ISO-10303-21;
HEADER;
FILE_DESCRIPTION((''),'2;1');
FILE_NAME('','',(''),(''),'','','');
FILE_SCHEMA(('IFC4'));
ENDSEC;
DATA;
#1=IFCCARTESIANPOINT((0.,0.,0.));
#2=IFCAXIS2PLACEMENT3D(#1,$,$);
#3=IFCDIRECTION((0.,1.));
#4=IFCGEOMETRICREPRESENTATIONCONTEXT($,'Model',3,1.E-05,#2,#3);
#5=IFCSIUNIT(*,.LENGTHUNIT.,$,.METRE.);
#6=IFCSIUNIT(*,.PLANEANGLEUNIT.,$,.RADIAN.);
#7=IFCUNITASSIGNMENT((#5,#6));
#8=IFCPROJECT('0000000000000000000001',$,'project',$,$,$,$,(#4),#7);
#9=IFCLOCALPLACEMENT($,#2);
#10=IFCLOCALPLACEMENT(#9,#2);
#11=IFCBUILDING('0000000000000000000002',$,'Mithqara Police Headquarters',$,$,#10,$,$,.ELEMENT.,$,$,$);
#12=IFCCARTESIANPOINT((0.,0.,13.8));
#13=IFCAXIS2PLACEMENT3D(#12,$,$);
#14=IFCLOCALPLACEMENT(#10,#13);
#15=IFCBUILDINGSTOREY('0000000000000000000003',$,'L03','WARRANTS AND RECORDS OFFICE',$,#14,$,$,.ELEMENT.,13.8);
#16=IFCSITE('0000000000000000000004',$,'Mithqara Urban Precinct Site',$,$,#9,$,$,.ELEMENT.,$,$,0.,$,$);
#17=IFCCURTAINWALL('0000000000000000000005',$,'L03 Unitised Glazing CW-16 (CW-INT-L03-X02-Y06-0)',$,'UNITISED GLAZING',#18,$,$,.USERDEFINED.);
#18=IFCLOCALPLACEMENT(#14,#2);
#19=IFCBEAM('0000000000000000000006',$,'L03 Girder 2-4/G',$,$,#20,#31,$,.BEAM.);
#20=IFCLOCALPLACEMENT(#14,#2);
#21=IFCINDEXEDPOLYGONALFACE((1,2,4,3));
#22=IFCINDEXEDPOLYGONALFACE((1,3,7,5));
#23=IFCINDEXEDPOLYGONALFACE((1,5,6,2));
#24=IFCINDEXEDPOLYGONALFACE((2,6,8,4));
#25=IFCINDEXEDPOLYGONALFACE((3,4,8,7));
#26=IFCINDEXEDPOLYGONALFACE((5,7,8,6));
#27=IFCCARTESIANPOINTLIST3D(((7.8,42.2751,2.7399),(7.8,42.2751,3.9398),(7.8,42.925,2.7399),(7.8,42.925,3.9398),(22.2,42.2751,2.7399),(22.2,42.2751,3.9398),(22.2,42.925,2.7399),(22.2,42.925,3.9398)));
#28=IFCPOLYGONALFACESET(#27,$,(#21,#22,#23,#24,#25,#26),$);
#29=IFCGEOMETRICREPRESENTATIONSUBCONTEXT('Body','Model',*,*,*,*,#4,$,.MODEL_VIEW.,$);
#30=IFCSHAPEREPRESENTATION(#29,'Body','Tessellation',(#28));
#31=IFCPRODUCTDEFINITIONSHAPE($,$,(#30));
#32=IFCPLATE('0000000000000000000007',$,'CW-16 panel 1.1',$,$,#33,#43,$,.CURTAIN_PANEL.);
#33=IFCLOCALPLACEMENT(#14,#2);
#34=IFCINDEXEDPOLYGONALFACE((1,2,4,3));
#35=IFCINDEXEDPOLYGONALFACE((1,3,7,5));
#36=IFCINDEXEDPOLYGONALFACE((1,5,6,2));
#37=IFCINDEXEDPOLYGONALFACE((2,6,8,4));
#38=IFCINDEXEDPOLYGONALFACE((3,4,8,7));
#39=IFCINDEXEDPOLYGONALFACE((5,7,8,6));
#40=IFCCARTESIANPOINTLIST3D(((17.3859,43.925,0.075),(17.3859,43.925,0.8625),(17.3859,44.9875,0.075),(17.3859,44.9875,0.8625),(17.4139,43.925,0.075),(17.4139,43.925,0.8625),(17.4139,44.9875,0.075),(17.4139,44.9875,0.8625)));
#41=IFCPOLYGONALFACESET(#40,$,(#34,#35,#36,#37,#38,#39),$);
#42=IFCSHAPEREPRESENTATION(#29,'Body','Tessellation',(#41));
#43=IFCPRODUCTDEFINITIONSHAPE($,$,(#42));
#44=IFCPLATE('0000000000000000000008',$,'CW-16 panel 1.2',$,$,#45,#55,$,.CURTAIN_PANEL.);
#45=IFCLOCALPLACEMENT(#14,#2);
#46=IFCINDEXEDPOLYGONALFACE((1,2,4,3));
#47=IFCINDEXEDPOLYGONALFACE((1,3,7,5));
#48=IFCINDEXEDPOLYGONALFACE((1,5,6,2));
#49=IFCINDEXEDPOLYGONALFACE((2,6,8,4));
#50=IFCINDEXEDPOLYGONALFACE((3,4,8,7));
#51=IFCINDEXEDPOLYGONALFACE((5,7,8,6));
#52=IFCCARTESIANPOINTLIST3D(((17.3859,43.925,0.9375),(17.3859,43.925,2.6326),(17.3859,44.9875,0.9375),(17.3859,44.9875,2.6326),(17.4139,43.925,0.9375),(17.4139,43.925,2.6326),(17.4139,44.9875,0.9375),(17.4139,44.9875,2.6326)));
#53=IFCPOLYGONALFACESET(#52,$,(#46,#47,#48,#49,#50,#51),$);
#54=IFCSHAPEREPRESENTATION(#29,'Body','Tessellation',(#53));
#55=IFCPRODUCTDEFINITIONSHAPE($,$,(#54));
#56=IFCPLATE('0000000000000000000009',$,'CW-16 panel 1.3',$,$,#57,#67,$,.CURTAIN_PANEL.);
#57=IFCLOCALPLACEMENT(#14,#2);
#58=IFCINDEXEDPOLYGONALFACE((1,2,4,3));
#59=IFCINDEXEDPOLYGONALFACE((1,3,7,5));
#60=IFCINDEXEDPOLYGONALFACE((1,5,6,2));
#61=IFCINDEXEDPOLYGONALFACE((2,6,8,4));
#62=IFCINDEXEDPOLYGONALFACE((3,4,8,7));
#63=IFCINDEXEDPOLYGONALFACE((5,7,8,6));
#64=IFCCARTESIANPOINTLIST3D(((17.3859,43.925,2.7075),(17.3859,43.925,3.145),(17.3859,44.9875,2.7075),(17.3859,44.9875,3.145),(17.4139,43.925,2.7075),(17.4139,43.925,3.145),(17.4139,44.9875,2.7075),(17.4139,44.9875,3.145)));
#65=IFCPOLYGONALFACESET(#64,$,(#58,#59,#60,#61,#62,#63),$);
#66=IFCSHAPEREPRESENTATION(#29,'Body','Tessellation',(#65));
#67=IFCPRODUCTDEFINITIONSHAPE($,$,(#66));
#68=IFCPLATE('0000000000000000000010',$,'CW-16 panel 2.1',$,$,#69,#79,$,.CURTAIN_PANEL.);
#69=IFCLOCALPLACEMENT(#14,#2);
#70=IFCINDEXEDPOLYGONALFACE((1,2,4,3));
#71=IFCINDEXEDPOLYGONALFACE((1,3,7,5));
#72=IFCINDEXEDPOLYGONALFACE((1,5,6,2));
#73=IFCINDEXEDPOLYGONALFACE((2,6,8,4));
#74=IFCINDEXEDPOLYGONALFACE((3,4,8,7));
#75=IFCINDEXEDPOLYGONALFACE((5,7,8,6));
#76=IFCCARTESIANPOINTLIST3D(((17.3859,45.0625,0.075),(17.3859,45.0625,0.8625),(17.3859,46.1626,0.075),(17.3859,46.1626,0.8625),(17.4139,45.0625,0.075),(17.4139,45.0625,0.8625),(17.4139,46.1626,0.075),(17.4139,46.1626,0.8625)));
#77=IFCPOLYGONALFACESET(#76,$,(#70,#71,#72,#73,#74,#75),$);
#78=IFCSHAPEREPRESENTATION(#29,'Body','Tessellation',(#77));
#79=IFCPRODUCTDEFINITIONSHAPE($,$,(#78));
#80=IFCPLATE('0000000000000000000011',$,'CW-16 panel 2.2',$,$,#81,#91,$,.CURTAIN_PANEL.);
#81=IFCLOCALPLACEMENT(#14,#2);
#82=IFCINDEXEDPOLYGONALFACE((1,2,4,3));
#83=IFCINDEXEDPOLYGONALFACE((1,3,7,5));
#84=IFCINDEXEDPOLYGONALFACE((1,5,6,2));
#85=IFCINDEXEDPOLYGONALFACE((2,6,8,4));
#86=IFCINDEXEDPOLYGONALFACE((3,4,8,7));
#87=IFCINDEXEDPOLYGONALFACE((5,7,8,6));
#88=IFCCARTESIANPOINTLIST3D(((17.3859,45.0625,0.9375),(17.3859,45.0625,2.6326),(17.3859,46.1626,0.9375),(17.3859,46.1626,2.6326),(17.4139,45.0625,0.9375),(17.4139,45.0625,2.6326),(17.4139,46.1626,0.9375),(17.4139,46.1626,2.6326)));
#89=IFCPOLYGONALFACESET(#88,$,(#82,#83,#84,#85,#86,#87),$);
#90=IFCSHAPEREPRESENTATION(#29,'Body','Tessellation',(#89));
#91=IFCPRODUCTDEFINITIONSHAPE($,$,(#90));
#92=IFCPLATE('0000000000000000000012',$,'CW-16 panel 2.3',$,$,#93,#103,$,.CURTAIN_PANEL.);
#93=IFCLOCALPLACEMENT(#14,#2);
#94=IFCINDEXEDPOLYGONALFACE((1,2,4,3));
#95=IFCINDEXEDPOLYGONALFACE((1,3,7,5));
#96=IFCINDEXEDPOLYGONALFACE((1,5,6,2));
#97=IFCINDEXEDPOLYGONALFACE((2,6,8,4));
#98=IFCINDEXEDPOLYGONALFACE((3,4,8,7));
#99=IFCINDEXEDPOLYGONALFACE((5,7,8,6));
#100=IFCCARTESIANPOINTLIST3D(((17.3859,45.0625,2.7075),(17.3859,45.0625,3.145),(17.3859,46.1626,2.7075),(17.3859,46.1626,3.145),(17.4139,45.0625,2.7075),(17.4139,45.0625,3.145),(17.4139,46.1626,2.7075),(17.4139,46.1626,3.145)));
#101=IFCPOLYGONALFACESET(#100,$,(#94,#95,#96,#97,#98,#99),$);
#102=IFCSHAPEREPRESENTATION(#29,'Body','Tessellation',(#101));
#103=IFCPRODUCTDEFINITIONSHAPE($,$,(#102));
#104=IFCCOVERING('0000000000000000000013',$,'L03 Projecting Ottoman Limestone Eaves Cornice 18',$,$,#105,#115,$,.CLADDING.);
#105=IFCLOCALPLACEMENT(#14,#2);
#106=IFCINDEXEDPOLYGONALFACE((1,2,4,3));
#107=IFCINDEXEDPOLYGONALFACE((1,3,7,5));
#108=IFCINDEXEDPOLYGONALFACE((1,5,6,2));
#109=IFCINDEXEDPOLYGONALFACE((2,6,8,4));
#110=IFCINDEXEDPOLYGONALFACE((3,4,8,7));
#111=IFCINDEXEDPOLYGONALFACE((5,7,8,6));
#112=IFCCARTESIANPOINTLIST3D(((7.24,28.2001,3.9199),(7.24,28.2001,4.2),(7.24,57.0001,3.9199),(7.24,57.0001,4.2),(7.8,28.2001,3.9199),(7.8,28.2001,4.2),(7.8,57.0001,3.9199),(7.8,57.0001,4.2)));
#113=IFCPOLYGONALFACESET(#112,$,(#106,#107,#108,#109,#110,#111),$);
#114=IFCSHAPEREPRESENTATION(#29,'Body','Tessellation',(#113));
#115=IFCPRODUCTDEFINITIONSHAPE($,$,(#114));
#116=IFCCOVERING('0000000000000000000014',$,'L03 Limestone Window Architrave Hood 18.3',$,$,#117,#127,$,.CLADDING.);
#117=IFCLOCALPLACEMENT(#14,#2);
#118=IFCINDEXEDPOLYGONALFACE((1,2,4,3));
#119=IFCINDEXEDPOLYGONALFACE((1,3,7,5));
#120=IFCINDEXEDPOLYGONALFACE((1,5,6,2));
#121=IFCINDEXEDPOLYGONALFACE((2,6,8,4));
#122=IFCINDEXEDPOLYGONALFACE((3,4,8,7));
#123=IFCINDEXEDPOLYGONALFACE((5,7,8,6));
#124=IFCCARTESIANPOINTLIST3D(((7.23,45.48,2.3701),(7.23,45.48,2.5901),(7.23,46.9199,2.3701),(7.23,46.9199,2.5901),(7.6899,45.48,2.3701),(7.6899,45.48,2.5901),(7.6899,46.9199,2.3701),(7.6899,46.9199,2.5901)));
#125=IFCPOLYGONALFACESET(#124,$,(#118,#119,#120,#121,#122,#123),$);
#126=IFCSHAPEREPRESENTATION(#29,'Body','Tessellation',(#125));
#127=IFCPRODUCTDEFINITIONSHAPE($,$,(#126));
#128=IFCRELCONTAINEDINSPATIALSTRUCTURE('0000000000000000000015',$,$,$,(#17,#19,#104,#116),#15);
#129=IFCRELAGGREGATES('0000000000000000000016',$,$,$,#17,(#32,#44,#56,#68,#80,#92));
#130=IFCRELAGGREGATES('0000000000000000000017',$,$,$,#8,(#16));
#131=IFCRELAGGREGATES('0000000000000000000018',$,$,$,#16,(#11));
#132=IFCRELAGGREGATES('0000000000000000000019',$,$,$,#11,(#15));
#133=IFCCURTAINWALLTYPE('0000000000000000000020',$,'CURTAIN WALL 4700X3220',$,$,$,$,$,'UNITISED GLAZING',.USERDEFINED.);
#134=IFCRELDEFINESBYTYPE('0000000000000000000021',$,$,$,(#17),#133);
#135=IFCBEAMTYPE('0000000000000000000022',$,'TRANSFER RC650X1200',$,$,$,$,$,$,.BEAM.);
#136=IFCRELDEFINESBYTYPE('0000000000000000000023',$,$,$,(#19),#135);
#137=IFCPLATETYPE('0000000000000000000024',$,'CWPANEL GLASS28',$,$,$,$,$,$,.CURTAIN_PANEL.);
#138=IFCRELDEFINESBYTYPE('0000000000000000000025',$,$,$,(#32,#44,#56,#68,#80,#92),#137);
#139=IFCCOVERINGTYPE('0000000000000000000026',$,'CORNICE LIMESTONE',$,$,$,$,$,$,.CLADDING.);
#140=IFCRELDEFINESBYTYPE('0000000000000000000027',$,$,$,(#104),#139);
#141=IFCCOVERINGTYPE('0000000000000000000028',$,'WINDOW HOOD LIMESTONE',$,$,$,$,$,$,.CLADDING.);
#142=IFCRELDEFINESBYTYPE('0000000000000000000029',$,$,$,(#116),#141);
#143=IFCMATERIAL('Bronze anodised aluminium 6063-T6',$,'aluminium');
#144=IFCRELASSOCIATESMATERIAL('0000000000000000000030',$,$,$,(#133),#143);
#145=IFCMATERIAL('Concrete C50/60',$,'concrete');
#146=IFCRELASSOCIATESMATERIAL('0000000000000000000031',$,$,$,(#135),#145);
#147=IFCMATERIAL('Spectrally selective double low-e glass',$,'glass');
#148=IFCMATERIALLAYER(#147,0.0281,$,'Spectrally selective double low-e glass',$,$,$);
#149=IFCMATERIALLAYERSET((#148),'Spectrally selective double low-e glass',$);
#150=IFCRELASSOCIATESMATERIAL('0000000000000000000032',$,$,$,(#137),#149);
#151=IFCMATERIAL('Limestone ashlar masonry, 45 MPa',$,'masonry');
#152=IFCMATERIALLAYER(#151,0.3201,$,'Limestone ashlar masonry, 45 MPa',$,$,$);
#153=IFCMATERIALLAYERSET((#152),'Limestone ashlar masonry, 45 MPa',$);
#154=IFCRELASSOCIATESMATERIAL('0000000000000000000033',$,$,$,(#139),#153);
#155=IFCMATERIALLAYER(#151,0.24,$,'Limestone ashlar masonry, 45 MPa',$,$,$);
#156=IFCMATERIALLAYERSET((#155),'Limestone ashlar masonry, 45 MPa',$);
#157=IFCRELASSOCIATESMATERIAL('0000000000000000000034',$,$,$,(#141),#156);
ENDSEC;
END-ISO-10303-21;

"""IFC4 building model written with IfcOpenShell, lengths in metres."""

from ifc_helpers import new_model, si_unit, direction, frame, origin, origin_2d, place, context, subcontext, project, spatial, rectangle, extrude, material, layer, layer_set, material_profile, profile_set, type_object, element, aggregate, save


model = new_model("IFC4")

# Units and contexts
model_context = context("Model", 3, precision=1e-05, world=origin(), true_north=direction((0.0, 1.0)))
body_context = subcontext(model_context, "Body", "Model", "MODEL_VIEW")
ifc_project = project(units=[si_unit("LENGTHUNIT", "METRE"), si_unit("PLANEANGLEUNIT", "RADIAN")], contexts=[model_context])

# Site, building, storey
site_placement = place(None, origin())
site = spatial("IfcSite", under=ifc_project, at=site_placement, Name="Mithqara Urban Precinct Site", CompositionType="ELEMENT", RefElevation=0.0)
building_placement = place(site_placement, origin())
building = spatial("IfcBuilding", under=site, at=building_placement, Name="Mithqara Police Headquarters", CompositionType="ELEMENT")
storey_placement = place(building_placement, frame((0.0, 0.0, 13.8)))
storey = spatial("IfcBuildingStorey", under=building, at=storey_placement, Name="L03", Description="WARRANTS AND RECORDS OFFICE", CompositionType="ELEMENT", Elevation=13.8)

# Shared definitions
ifc_material_1 = material(Name="Concrete C50/60", Category="concrete")

# Shared definitions
ifc_material_2 = material(Name="Bronze anodised aluminium 6063-T6", Category="aluminium")
curtain_wall_type = type_object("IfcCurtainWallType", Name="CURTAIN WALL 4700X3220", ElementType="UNITISED GLAZING", PredefinedType="USERDEFINED", material=ifc_material_2)

# Curtain wall
curtain_wall_1_placement = place(storey_placement, origin())
curtain_wall_1 = element("IfcCurtainWall", 1, at=curtain_wall_1_placement, inside=storey, type_object=curtain_wall_type, Name="L03 Unitised Glazing CW-16 (CW-INT-L03-X02-Y06-0)", ObjectType="UNITISED GLAZING", PredefinedType="USERDEFINED")

# Beam
ifc_material_profile_1 = material_profile(ifc_material_1, rectangle(XDim=0.6499, YDim=1.2, at=origin_2d()), Name="RC 650x1200")
ifc_profile_set_1 = profile_set([ifc_material_profile_1], Name="Concrete C50/60")
beam_type_1 = type_object("IfcBeamType", Name="TRANSFER RC650X1200", PredefinedType="BEAM", material=ifc_profile_set_1)
beam_1_placement = place(storey_placement, frame((7.8, 42.6001, 3.3398), z_axis=(1.0, 0.0, 0.0), x_axis=(0.0, 1.0, 0.0)))
element("IfcBeam", 2, at=beam_1_placement, inside=storey, type_object=beam_type_1, Name="L03 Girder 2-4/G", PredefinedType="BEAM", context=body_context, shape_type="SweptSolid", body=[
    extrude(rectangle(XDim=0.6499, YDim=1.2, at=origin_2d()), origin(), (0.0, 0.0, 1.0), 14.3999),
])

# Plates
ifc_material_3 = material(Name="Spectrally selective double low-e glass", Category="glass")
ifc_layer_1 = layer(ifc_material_3, 0.0281, Name="Spectrally selective double low-e glass")
ifc_layer_set_1 = layer_set([ifc_layer_1], Name="Spectrally selective double low-e glass")
plate_type = type_object("IfcPlateType", Name="CWPANEL GLASS28", PredefinedType="CURTAIN_PANEL", material=ifc_layer_set_1)
plate_1_placement = place(storey_placement, frame((17.3999, 44.4563, 0.075), z_axis=(0.0, 0.0, 1.0), x_axis=(0.0, 1.0, 0.0)))
plate_1 = element("IfcPlate", 3, at=plate_1_placement, type_object=plate_type, Name="CW-16 panel 1.1", PredefinedType="CURTAIN_PANEL", context=body_context, shape_type="SweptSolid", body=[
    extrude(rectangle(XDim=1.0625, YDim=0.0281, at=origin_2d()), origin(), (0.0, 0.0, 1.0), 0.7876),
])
plate_2_placement = place(storey_placement, frame((17.3999, 44.4563, 0.9375), z_axis=(0.0, 0.0, 1.0), x_axis=(0.0, 1.0, 0.0)))
plate_2 = element("IfcPlate", 4, at=plate_2_placement, type_object=plate_type, Name="CW-16 panel 1.2", PredefinedType="CURTAIN_PANEL", context=body_context, shape_type="SweptSolid", body=[
    extrude(rectangle(XDim=1.0625, YDim=0.0281, at=origin_2d()), origin(), (0.0, 0.0, 1.0), 1.6951),
])
plate_3_placement = place(storey_placement, frame((17.3999, 44.4563, 2.7075), z_axis=(0.0, 0.0, 1.0), x_axis=(0.0, 1.0, 0.0)))
plate_3 = element("IfcPlate", 5, at=plate_3_placement, type_object=plate_type, Name="CW-16 panel 1.3", PredefinedType="CURTAIN_PANEL", context=body_context, shape_type="SweptSolid", body=[
    extrude(rectangle(XDim=1.0625, YDim=0.0281, at=origin_2d()), origin(), (0.0, 0.0, 1.0), 0.4375),
])
plate_4_placement = place(storey_placement, frame((17.3999, 45.6125, 0.075), z_axis=(0.0, 0.0, 1.0), x_axis=(0.0, 1.0, 0.0)))
plate_4 = element("IfcPlate", 6, at=plate_4_placement, type_object=plate_type, Name="CW-16 panel 2.1", PredefinedType="CURTAIN_PANEL", context=body_context, shape_type="SweptSolid", body=[
    extrude(rectangle(XDim=1.1001, YDim=0.0281, at=origin_2d()), origin(), (0.0, 0.0, 1.0), 0.7876),
])
plate_5_placement = place(storey_placement, frame((17.3999, 45.6125, 0.9375), z_axis=(0.0, 0.0, 1.0), x_axis=(0.0, 1.0, 0.0)))
plate_5 = element("IfcPlate", 7, at=plate_5_placement, type_object=plate_type, Name="CW-16 panel 2.2", PredefinedType="CURTAIN_PANEL", context=body_context, shape_type="SweptSolid", body=[
    extrude(rectangle(XDim=1.1001, YDim=0.0281, at=origin_2d()), origin(), (0.0, 0.0, 1.0), 1.6951),
])
plate_6_placement = place(storey_placement, frame((17.3999, 45.6125, 2.7075), z_axis=(0.0, 0.0, 1.0), x_axis=(0.0, 1.0, 0.0)))
plate_6 = element("IfcPlate", 8, at=plate_6_placement, type_object=plate_type, Name="CW-16 panel 2.3", PredefinedType="CURTAIN_PANEL", context=body_context, shape_type="SweptSolid", body=[
    extrude(rectangle(XDim=1.1001, YDim=0.0281, at=origin_2d()), origin(), (0.0, 0.0, 1.0), 0.4375),
])
aggregate(curtain_wall_1, [plate_1, plate_2, plate_3, plate_4, plate_5, plate_6])

# Coverings
ifc_material_4 = material(Name="Limestone ashlar masonry, 45 MPa", Category="masonry")
ifc_layer_2 = layer(ifc_material_4, 0.3201, Name="Limestone ashlar masonry, 45 MPa")
ifc_layer_set_2 = layer_set([ifc_layer_2], Name="Limestone ashlar masonry, 45 MPa")
covering_type_1 = type_object("IfcCoveringType", Name="CORNICE LIMESTONE", PredefinedType="CLADDING", material=ifc_layer_set_2)
covering_1_placement = place(storey_placement, frame((7.52, 42.6001, 3.9199), z_axis=(0.0, 0.0, 1.0), x_axis=(0.0, 1.0, 0.0)))
element("IfcCovering", 9, at=covering_1_placement, inside=storey, type_object=covering_type_1, Name="L03 Projecting Ottoman Limestone Eaves Cornice 18", PredefinedType="CLADDING", context=body_context, shape_type="SweptSolid", body=[
    extrude(rectangle(XDim=28.8, YDim=0.5601, at=origin_2d()), origin(), (0.0, 0.0, 1.0), 0.28),
])
ifc_layer_3 = layer(ifc_material_4, 0.24, Name="Limestone ashlar masonry, 45 MPa")
ifc_layer_set_3 = layer_set([ifc_layer_3], Name="Limestone ashlar masonry, 45 MPa")
covering_type_2 = type_object("IfcCoveringType", Name="WINDOW HOOD LIMESTONE", PredefinedType="CLADDING", material=ifc_layer_set_3)
covering_2_placement = place(storey_placement, frame((7.46, 46.2, 2.3701), z_axis=(0.0, 0.0, 1.0), x_axis=(0.0, 1.0, 0.0)))
element("IfcCovering", 10, at=covering_2_placement, inside=storey, type_object=covering_type_2, Name="L03 Limestone Window Architrave Hood 18.3", PredefinedType="CLADDING", context=body_context, shape_type="SweptSolid", body=[
    extrude(rectangle(XDim=1.4399, YDim=0.46, at=origin_2d()), origin(), (0.0, 0.0, 1.0), 0.22),
])

save(model, "model.ifc")
